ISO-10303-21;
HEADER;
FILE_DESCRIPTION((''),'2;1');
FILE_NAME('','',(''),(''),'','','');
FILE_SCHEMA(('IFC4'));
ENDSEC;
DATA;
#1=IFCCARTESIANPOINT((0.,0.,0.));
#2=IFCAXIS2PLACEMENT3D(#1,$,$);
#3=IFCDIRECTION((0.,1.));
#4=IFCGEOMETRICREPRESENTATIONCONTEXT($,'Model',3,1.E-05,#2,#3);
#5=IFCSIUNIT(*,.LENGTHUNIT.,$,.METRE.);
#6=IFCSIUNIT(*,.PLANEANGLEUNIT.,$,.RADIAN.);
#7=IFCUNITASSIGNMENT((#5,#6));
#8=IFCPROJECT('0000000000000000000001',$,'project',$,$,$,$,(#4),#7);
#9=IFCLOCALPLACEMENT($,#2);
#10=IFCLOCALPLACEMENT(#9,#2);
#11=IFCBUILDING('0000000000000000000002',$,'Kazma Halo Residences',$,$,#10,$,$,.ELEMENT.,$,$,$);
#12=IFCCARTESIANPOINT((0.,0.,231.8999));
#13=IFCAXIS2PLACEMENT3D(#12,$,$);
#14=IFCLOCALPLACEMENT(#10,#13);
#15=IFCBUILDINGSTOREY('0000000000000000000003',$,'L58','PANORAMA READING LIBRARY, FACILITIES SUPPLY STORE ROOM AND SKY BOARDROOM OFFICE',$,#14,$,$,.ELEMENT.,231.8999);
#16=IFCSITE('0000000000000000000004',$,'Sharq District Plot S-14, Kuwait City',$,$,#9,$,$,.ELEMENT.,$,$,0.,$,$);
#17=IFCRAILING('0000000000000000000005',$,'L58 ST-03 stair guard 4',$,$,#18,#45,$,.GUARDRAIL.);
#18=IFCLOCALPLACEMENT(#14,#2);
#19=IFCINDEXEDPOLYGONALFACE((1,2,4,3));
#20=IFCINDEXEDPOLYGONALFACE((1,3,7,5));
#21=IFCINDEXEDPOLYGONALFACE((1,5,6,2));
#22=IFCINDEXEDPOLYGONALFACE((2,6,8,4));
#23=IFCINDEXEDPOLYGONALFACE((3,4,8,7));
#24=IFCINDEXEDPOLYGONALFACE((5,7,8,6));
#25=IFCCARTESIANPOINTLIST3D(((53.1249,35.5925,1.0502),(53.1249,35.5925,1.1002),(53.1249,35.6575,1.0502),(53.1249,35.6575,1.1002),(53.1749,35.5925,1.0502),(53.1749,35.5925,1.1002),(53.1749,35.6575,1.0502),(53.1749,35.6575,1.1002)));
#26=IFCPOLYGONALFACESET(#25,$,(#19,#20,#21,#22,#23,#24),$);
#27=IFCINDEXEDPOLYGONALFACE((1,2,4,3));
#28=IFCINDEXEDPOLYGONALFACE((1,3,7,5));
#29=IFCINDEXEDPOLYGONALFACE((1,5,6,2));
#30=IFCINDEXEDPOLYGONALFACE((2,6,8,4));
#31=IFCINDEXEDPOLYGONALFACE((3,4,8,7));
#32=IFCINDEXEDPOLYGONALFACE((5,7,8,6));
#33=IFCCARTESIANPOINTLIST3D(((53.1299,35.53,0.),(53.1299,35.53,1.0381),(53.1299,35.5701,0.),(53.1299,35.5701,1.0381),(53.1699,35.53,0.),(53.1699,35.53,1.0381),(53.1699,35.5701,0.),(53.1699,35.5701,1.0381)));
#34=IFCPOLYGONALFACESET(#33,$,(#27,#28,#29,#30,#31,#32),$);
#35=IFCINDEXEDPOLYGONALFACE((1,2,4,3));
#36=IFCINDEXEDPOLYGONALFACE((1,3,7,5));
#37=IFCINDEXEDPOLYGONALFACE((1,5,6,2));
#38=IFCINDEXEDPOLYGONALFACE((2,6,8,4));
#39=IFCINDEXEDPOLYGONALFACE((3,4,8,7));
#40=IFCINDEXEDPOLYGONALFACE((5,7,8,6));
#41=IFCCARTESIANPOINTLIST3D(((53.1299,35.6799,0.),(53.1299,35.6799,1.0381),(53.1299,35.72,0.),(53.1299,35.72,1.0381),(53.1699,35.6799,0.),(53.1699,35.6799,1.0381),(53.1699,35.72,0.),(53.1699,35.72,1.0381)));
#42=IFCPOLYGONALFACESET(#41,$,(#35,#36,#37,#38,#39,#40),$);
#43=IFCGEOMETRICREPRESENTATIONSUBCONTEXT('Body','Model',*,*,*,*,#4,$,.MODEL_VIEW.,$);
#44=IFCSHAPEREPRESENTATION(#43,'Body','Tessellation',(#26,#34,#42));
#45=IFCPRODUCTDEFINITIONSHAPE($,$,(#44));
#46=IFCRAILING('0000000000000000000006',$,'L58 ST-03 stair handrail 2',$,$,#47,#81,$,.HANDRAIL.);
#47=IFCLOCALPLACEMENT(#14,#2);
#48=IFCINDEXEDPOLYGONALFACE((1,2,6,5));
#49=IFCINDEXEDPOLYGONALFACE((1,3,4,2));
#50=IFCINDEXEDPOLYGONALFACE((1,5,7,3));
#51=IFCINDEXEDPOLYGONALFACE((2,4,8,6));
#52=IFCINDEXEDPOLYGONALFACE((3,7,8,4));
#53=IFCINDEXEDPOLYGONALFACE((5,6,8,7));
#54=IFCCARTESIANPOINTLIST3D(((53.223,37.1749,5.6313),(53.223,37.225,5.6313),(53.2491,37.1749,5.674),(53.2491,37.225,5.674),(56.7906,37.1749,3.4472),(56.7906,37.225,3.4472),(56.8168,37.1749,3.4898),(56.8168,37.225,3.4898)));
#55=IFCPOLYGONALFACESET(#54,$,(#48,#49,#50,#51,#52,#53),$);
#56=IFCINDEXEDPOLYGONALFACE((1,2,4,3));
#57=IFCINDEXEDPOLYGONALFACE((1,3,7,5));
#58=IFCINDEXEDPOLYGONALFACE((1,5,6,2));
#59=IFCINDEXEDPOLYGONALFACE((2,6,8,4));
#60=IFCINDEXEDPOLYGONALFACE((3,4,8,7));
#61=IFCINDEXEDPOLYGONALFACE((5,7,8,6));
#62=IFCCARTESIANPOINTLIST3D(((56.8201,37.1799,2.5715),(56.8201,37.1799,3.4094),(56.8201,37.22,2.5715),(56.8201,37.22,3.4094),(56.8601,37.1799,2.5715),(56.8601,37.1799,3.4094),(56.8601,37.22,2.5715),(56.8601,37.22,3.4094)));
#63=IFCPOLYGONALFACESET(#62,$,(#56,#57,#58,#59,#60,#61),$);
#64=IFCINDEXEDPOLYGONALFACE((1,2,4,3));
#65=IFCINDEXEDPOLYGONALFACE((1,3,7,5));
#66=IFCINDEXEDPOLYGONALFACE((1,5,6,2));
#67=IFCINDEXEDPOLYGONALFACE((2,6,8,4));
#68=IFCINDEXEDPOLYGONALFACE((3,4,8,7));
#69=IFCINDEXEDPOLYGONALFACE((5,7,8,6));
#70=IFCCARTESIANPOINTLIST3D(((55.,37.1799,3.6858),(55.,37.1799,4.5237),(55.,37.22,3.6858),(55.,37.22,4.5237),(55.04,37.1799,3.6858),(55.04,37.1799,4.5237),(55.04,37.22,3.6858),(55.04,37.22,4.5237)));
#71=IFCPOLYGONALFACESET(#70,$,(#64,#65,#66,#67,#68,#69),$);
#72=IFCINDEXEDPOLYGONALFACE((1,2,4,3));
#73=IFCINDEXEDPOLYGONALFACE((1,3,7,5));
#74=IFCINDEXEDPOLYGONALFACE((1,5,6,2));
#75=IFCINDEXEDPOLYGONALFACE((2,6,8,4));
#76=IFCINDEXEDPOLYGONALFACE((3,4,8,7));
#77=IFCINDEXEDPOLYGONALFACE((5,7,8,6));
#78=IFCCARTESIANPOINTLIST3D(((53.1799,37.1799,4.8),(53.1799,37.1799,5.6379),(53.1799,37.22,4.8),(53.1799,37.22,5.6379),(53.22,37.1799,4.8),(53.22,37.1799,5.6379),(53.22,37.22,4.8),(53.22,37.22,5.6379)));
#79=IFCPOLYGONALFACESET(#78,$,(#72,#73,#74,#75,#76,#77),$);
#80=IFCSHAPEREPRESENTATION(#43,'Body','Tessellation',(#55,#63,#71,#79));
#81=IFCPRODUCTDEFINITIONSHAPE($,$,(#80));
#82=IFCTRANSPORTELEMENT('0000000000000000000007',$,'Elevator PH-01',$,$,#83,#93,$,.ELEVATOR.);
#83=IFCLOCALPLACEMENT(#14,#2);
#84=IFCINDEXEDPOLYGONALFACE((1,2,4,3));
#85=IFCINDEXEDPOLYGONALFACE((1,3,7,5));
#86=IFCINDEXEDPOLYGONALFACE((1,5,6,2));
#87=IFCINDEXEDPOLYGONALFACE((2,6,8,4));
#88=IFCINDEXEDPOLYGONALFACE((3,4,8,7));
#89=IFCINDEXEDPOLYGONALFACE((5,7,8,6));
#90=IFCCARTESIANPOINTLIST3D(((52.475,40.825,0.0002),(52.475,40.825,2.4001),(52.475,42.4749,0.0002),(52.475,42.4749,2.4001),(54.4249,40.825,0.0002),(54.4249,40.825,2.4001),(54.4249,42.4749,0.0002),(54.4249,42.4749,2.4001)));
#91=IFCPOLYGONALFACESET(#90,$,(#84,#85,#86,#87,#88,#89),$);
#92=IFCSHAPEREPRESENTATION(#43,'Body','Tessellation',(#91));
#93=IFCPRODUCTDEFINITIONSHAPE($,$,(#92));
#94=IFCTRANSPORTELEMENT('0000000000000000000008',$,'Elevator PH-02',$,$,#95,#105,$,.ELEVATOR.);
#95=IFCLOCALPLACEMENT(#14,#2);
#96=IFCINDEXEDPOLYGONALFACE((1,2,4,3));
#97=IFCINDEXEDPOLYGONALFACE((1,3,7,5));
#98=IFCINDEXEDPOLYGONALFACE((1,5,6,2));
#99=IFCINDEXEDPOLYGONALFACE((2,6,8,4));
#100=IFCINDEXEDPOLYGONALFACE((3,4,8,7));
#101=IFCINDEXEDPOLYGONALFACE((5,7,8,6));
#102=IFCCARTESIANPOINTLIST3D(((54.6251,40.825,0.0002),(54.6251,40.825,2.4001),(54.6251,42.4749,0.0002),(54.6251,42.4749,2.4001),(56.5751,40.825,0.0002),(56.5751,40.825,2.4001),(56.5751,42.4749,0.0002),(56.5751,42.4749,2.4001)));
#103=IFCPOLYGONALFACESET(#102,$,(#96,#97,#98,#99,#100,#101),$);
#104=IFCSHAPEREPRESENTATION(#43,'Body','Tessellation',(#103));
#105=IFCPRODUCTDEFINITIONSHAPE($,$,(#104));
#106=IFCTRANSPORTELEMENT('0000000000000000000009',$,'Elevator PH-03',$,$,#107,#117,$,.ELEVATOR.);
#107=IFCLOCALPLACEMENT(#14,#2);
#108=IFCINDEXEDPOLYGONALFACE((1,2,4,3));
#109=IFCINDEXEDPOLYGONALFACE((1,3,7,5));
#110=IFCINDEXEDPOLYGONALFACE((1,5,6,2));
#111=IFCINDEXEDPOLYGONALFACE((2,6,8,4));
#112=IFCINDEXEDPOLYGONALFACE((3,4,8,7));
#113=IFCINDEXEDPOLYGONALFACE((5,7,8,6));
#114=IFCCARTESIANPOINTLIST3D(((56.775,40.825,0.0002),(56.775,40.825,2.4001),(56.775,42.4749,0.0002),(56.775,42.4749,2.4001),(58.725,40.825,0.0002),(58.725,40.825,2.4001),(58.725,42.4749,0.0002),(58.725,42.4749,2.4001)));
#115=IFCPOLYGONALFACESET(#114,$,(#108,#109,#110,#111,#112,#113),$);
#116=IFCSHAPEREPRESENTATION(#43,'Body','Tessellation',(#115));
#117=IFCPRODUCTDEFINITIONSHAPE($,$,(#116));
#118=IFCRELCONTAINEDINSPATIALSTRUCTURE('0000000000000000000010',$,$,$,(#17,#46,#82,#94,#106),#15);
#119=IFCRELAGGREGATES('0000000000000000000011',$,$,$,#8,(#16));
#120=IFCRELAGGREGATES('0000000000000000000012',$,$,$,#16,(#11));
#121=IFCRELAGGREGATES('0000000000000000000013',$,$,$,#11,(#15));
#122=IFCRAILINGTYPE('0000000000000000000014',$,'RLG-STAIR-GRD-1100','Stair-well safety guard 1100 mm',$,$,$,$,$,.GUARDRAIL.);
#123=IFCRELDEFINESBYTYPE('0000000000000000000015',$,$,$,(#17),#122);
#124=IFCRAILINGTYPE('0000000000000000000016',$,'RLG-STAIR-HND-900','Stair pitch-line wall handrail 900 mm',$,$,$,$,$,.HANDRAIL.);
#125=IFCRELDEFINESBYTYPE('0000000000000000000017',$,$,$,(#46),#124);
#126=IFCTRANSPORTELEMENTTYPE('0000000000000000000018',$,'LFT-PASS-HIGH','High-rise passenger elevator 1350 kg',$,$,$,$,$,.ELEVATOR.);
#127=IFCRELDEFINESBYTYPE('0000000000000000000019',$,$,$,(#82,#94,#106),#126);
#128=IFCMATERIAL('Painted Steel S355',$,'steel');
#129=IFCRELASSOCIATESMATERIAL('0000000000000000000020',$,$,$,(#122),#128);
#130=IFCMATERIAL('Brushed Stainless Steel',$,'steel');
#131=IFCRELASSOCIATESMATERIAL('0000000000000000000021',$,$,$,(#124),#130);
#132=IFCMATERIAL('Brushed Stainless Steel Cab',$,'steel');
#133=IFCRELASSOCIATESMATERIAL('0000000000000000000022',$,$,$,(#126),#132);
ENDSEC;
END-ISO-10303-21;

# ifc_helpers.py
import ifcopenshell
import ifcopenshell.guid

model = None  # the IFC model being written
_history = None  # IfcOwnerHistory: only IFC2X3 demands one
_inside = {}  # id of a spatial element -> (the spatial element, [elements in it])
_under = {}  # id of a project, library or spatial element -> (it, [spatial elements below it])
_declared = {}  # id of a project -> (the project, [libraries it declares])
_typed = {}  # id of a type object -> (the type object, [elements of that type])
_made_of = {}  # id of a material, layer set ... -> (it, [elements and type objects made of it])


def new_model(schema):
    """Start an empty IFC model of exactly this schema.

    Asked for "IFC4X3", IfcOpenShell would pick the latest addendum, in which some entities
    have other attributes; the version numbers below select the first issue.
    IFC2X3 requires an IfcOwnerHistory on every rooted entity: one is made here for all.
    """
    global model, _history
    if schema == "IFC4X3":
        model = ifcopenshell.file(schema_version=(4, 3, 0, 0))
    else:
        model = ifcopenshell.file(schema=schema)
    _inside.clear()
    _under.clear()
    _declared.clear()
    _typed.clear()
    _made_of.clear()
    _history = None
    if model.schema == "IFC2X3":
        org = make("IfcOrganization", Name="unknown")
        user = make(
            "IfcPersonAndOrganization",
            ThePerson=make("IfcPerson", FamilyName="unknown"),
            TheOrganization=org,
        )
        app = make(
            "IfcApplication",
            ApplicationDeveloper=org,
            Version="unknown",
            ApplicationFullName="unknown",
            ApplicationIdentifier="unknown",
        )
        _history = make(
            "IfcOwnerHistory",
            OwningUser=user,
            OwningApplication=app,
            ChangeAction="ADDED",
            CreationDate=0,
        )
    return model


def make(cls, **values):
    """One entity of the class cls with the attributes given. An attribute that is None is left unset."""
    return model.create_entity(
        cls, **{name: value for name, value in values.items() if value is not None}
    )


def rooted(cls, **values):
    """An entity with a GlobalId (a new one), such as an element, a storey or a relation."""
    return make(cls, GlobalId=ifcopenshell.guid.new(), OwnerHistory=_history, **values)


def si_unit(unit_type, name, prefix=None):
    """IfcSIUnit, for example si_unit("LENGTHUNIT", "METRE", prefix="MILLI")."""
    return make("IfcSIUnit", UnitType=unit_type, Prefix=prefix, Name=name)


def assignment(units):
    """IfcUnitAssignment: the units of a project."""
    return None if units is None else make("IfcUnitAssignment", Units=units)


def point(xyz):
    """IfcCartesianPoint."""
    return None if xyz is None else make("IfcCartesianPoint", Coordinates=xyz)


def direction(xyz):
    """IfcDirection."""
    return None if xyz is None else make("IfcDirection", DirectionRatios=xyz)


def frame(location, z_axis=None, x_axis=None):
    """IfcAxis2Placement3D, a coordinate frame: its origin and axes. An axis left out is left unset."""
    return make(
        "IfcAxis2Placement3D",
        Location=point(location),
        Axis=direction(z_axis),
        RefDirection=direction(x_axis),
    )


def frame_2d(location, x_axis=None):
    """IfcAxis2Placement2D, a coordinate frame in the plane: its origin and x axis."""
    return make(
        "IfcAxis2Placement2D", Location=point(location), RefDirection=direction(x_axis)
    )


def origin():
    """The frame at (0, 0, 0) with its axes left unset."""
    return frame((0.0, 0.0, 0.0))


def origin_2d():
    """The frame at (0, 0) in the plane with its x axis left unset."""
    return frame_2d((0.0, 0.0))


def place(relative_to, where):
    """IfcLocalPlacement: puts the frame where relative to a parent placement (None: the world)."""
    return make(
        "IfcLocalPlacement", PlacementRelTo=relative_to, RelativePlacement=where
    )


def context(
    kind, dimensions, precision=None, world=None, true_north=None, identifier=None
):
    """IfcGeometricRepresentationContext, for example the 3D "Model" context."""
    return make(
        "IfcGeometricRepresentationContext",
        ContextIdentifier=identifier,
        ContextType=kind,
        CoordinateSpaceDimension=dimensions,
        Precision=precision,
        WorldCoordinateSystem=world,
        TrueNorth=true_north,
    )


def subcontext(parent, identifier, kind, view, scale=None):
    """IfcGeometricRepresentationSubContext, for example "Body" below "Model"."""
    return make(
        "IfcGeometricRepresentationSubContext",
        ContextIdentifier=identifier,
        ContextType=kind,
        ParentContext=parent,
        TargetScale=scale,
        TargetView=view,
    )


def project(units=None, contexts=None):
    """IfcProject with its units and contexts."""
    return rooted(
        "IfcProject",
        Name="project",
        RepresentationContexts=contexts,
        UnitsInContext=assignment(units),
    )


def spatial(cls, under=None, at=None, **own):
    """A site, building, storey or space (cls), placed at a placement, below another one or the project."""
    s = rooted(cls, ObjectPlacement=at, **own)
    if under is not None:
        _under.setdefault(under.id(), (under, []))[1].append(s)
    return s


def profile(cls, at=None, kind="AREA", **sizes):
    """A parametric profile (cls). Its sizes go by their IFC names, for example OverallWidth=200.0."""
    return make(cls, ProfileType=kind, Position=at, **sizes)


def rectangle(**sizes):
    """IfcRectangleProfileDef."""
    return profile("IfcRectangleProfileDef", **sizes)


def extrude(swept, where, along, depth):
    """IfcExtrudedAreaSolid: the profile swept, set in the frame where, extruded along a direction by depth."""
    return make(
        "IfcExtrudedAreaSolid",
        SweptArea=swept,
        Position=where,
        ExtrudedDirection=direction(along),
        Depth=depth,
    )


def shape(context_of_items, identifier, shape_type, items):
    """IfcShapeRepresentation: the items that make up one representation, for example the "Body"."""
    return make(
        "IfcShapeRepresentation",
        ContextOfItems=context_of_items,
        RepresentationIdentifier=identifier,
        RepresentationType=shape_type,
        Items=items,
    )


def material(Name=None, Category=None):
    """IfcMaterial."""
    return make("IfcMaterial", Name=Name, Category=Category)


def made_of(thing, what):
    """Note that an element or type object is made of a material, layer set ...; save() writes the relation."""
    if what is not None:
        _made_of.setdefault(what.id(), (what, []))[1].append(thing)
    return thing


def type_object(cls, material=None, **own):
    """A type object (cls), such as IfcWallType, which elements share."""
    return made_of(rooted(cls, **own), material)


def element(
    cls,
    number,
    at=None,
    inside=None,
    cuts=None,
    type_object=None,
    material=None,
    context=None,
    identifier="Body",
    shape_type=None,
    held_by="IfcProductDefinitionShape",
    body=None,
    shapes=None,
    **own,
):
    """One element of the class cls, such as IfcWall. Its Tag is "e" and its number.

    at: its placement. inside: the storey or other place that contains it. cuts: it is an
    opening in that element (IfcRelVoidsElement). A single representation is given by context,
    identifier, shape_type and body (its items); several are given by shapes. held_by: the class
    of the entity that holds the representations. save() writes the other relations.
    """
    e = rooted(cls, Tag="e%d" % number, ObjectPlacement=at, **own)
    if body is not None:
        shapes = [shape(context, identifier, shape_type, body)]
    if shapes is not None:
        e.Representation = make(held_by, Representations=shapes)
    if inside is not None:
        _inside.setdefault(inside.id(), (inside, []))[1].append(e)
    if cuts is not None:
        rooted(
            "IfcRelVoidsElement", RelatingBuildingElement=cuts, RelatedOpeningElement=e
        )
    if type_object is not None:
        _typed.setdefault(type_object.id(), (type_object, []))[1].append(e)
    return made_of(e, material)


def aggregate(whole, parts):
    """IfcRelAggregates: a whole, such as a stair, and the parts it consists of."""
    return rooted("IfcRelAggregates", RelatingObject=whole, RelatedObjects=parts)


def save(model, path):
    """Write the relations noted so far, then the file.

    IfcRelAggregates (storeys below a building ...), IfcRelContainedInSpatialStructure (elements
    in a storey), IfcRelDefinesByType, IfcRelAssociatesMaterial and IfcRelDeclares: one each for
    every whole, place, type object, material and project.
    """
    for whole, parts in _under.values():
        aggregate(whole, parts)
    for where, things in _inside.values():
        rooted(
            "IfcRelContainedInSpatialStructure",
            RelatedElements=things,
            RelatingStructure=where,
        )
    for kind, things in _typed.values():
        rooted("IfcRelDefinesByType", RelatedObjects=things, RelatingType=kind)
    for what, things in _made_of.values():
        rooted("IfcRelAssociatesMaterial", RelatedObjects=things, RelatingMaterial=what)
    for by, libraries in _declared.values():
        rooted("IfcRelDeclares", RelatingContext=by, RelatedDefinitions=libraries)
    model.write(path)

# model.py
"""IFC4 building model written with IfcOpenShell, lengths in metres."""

from ifc_helpers import new_model, si_unit, direction, frame, origin, origin_2d, place, context, subcontext, project, spatial, rectangle, extrude, material, type_object, element, save


model = new_model("IFC4")

# Units and contexts
model_context = context("Model", 3, precision=1e-05, world=origin(), true_north=direction((0.0, 1.0)))
body_context = subcontext(model_context, "Body", "Model", "MODEL_VIEW")
ifc_project = project(units=[si_unit("LENGTHUNIT", "METRE"), si_unit("PLANEANGLEUNIT", "RADIAN")], contexts=[model_context])

# Site, building, storey
site_placement = place(None, origin())
site = spatial("IfcSite", under=ifc_project, at=site_placement, Name="Sharq District Plot S-14, Kuwait City", CompositionType="ELEMENT", RefElevation=0.0)
building_placement = place(site_placement, origin())
building = spatial("IfcBuilding", under=site, at=building_placement, Name="Kazma Halo Residences", CompositionType="ELEMENT")
storey_placement = place(building_placement, frame((0.0, 0.0, 231.8999)))
storey = spatial("IfcBuildingStorey", under=building, at=storey_placement, Name="L58", Description="PANORAMA READING LIBRARY, FACILITIES SUPPLY STORE ROOM AND SKY BOARDROOM OFFICE", CompositionType="ELEMENT", Elevation=231.8999)

# Railings
ifc_material_1 = material(Name="Painted Steel S355", Category="steel")
railing_type_1 = type_object("IfcRailingType", Name="RLG-STAIR-GRD-1100", Description="Stair-well safety guard 1100 mm", PredefinedType="GUARDRAIL", material=ifc_material_1)
railing_1_placement = place(storey_placement, frame((53.1499, 35.55, 0.0)))
element("IfcRailing", 1, at=railing_1_placement, inside=storey, type_object=railing_type_1, Name="L58 ST-03 stair guard 4", PredefinedType="GUARDRAIL", context=body_context, shape_type="SweptSolid", body=[
    extrude(rectangle(XDim=0.05, YDim=0.05, at=origin_2d()), frame((0.0, 0.0425, 1.0752), z_axis=(0.0, 1.0, 0.0), x_axis=(-1.0, 0.0, 0.0)), (0.0, 0.0, 1.0), 0.0649),
    extrude(rectangle(XDim=0.04, YDim=0.04, at=origin_2d()), origin(), (0.0, 0.0, 1.0), 1.0381),
    extrude(rectangle(XDim=0.04, YDim=0.04, at=origin_2d()), frame((0.0, 0.1499, 0.0)), (0.0, 0.0, 1.0), 1.0381),
])
ifc_material_2 = material(Name="Brushed Stainless Steel", Category="steel")
railing_type_2 = type_object("IfcRailingType", Name="RLG-STAIR-HND-900", Description="Stair pitch-line wall handrail 900 mm", PredefinedType="HANDRAIL", material=ifc_material_2)
railing_2_placement = place(storey_placement, frame((56.8401, 37.2, 2.5715)))
element("IfcRailing", 2, at=railing_2_placement, inside=storey, type_object=railing_type_2, Name="L58 ST-03 stair handrail 2", PredefinedType="HANDRAIL", context=body_context, shape_type="SweptSolid", body=[
    extrude(rectangle(XDim=0.05, YDim=0.05, at=origin_2d()), frame((-0.0364, 0.0, 0.897), z_axis=(-0.852866, 0.0, 0.52213), x_axis=(0.0, -1.0, 0.0)), (0.0, 0.0, 1.0), 4.1831),
    extrude(rectangle(XDim=0.04, YDim=0.04, at=origin_2d()), origin(), (0.0, 0.0, 1.0), 0.8379),
    extrude(rectangle(XDim=0.04, YDim=0.04, at=origin_2d()), frame((-1.8201, 0.0, 1.1143)), (0.0, 0.0, 1.0), 0.8379),
    extrude(rectangle(XDim=0.04, YDim=0.04, at=origin_2d()), frame((-3.6401, 0.0, 2.2285)), (0.0, 0.0, 1.0), 0.8379),
])

# Transport elements
ifc_material_3 = material(Name="Brushed Stainless Steel Cab", Category="steel")
transport_element_type = type_object("IfcTransportElementType", Name="LFT-PASS-HIGH", Description="High-rise passenger elevator 1350 kg", PredefinedType="ELEVATOR", material=ifc_material_3)
for number, where, z_axis, x_axis, name in (
    (3, (53.45, 41.6499, 0.0002), (0.0, 0.0, 1.0), (1.0, 0.0, 0.0), "Elevator PH-01"),
    (4, (55.6001, 41.6499, 0.0002), (0.0, 0.0, 1.0), (1.0, 0.0, 0.0), "Elevator PH-02"),
    (5, (57.75, 41.6499, 0.0002), (0.0, 0.0, 1.0), (1.0, 0.0, 0.0), "Elevator PH-03"),
):
    element("IfcTransportElement", number, at=place(storey_placement, frame(where, z_axis=z_axis, x_axis=x_axis)), inside=storey, type_object=transport_element_type, Name=name, PredefinedType="ELEVATOR", context=body_context, shape_type="SweptSolid", body=[
        extrude(rectangle(XDim=1.95, YDim=1.6499, at=origin_2d()), origin(), (0.0, 0.0, 1.0), 2.3999),
    ])

save(model, "model.ifc")
